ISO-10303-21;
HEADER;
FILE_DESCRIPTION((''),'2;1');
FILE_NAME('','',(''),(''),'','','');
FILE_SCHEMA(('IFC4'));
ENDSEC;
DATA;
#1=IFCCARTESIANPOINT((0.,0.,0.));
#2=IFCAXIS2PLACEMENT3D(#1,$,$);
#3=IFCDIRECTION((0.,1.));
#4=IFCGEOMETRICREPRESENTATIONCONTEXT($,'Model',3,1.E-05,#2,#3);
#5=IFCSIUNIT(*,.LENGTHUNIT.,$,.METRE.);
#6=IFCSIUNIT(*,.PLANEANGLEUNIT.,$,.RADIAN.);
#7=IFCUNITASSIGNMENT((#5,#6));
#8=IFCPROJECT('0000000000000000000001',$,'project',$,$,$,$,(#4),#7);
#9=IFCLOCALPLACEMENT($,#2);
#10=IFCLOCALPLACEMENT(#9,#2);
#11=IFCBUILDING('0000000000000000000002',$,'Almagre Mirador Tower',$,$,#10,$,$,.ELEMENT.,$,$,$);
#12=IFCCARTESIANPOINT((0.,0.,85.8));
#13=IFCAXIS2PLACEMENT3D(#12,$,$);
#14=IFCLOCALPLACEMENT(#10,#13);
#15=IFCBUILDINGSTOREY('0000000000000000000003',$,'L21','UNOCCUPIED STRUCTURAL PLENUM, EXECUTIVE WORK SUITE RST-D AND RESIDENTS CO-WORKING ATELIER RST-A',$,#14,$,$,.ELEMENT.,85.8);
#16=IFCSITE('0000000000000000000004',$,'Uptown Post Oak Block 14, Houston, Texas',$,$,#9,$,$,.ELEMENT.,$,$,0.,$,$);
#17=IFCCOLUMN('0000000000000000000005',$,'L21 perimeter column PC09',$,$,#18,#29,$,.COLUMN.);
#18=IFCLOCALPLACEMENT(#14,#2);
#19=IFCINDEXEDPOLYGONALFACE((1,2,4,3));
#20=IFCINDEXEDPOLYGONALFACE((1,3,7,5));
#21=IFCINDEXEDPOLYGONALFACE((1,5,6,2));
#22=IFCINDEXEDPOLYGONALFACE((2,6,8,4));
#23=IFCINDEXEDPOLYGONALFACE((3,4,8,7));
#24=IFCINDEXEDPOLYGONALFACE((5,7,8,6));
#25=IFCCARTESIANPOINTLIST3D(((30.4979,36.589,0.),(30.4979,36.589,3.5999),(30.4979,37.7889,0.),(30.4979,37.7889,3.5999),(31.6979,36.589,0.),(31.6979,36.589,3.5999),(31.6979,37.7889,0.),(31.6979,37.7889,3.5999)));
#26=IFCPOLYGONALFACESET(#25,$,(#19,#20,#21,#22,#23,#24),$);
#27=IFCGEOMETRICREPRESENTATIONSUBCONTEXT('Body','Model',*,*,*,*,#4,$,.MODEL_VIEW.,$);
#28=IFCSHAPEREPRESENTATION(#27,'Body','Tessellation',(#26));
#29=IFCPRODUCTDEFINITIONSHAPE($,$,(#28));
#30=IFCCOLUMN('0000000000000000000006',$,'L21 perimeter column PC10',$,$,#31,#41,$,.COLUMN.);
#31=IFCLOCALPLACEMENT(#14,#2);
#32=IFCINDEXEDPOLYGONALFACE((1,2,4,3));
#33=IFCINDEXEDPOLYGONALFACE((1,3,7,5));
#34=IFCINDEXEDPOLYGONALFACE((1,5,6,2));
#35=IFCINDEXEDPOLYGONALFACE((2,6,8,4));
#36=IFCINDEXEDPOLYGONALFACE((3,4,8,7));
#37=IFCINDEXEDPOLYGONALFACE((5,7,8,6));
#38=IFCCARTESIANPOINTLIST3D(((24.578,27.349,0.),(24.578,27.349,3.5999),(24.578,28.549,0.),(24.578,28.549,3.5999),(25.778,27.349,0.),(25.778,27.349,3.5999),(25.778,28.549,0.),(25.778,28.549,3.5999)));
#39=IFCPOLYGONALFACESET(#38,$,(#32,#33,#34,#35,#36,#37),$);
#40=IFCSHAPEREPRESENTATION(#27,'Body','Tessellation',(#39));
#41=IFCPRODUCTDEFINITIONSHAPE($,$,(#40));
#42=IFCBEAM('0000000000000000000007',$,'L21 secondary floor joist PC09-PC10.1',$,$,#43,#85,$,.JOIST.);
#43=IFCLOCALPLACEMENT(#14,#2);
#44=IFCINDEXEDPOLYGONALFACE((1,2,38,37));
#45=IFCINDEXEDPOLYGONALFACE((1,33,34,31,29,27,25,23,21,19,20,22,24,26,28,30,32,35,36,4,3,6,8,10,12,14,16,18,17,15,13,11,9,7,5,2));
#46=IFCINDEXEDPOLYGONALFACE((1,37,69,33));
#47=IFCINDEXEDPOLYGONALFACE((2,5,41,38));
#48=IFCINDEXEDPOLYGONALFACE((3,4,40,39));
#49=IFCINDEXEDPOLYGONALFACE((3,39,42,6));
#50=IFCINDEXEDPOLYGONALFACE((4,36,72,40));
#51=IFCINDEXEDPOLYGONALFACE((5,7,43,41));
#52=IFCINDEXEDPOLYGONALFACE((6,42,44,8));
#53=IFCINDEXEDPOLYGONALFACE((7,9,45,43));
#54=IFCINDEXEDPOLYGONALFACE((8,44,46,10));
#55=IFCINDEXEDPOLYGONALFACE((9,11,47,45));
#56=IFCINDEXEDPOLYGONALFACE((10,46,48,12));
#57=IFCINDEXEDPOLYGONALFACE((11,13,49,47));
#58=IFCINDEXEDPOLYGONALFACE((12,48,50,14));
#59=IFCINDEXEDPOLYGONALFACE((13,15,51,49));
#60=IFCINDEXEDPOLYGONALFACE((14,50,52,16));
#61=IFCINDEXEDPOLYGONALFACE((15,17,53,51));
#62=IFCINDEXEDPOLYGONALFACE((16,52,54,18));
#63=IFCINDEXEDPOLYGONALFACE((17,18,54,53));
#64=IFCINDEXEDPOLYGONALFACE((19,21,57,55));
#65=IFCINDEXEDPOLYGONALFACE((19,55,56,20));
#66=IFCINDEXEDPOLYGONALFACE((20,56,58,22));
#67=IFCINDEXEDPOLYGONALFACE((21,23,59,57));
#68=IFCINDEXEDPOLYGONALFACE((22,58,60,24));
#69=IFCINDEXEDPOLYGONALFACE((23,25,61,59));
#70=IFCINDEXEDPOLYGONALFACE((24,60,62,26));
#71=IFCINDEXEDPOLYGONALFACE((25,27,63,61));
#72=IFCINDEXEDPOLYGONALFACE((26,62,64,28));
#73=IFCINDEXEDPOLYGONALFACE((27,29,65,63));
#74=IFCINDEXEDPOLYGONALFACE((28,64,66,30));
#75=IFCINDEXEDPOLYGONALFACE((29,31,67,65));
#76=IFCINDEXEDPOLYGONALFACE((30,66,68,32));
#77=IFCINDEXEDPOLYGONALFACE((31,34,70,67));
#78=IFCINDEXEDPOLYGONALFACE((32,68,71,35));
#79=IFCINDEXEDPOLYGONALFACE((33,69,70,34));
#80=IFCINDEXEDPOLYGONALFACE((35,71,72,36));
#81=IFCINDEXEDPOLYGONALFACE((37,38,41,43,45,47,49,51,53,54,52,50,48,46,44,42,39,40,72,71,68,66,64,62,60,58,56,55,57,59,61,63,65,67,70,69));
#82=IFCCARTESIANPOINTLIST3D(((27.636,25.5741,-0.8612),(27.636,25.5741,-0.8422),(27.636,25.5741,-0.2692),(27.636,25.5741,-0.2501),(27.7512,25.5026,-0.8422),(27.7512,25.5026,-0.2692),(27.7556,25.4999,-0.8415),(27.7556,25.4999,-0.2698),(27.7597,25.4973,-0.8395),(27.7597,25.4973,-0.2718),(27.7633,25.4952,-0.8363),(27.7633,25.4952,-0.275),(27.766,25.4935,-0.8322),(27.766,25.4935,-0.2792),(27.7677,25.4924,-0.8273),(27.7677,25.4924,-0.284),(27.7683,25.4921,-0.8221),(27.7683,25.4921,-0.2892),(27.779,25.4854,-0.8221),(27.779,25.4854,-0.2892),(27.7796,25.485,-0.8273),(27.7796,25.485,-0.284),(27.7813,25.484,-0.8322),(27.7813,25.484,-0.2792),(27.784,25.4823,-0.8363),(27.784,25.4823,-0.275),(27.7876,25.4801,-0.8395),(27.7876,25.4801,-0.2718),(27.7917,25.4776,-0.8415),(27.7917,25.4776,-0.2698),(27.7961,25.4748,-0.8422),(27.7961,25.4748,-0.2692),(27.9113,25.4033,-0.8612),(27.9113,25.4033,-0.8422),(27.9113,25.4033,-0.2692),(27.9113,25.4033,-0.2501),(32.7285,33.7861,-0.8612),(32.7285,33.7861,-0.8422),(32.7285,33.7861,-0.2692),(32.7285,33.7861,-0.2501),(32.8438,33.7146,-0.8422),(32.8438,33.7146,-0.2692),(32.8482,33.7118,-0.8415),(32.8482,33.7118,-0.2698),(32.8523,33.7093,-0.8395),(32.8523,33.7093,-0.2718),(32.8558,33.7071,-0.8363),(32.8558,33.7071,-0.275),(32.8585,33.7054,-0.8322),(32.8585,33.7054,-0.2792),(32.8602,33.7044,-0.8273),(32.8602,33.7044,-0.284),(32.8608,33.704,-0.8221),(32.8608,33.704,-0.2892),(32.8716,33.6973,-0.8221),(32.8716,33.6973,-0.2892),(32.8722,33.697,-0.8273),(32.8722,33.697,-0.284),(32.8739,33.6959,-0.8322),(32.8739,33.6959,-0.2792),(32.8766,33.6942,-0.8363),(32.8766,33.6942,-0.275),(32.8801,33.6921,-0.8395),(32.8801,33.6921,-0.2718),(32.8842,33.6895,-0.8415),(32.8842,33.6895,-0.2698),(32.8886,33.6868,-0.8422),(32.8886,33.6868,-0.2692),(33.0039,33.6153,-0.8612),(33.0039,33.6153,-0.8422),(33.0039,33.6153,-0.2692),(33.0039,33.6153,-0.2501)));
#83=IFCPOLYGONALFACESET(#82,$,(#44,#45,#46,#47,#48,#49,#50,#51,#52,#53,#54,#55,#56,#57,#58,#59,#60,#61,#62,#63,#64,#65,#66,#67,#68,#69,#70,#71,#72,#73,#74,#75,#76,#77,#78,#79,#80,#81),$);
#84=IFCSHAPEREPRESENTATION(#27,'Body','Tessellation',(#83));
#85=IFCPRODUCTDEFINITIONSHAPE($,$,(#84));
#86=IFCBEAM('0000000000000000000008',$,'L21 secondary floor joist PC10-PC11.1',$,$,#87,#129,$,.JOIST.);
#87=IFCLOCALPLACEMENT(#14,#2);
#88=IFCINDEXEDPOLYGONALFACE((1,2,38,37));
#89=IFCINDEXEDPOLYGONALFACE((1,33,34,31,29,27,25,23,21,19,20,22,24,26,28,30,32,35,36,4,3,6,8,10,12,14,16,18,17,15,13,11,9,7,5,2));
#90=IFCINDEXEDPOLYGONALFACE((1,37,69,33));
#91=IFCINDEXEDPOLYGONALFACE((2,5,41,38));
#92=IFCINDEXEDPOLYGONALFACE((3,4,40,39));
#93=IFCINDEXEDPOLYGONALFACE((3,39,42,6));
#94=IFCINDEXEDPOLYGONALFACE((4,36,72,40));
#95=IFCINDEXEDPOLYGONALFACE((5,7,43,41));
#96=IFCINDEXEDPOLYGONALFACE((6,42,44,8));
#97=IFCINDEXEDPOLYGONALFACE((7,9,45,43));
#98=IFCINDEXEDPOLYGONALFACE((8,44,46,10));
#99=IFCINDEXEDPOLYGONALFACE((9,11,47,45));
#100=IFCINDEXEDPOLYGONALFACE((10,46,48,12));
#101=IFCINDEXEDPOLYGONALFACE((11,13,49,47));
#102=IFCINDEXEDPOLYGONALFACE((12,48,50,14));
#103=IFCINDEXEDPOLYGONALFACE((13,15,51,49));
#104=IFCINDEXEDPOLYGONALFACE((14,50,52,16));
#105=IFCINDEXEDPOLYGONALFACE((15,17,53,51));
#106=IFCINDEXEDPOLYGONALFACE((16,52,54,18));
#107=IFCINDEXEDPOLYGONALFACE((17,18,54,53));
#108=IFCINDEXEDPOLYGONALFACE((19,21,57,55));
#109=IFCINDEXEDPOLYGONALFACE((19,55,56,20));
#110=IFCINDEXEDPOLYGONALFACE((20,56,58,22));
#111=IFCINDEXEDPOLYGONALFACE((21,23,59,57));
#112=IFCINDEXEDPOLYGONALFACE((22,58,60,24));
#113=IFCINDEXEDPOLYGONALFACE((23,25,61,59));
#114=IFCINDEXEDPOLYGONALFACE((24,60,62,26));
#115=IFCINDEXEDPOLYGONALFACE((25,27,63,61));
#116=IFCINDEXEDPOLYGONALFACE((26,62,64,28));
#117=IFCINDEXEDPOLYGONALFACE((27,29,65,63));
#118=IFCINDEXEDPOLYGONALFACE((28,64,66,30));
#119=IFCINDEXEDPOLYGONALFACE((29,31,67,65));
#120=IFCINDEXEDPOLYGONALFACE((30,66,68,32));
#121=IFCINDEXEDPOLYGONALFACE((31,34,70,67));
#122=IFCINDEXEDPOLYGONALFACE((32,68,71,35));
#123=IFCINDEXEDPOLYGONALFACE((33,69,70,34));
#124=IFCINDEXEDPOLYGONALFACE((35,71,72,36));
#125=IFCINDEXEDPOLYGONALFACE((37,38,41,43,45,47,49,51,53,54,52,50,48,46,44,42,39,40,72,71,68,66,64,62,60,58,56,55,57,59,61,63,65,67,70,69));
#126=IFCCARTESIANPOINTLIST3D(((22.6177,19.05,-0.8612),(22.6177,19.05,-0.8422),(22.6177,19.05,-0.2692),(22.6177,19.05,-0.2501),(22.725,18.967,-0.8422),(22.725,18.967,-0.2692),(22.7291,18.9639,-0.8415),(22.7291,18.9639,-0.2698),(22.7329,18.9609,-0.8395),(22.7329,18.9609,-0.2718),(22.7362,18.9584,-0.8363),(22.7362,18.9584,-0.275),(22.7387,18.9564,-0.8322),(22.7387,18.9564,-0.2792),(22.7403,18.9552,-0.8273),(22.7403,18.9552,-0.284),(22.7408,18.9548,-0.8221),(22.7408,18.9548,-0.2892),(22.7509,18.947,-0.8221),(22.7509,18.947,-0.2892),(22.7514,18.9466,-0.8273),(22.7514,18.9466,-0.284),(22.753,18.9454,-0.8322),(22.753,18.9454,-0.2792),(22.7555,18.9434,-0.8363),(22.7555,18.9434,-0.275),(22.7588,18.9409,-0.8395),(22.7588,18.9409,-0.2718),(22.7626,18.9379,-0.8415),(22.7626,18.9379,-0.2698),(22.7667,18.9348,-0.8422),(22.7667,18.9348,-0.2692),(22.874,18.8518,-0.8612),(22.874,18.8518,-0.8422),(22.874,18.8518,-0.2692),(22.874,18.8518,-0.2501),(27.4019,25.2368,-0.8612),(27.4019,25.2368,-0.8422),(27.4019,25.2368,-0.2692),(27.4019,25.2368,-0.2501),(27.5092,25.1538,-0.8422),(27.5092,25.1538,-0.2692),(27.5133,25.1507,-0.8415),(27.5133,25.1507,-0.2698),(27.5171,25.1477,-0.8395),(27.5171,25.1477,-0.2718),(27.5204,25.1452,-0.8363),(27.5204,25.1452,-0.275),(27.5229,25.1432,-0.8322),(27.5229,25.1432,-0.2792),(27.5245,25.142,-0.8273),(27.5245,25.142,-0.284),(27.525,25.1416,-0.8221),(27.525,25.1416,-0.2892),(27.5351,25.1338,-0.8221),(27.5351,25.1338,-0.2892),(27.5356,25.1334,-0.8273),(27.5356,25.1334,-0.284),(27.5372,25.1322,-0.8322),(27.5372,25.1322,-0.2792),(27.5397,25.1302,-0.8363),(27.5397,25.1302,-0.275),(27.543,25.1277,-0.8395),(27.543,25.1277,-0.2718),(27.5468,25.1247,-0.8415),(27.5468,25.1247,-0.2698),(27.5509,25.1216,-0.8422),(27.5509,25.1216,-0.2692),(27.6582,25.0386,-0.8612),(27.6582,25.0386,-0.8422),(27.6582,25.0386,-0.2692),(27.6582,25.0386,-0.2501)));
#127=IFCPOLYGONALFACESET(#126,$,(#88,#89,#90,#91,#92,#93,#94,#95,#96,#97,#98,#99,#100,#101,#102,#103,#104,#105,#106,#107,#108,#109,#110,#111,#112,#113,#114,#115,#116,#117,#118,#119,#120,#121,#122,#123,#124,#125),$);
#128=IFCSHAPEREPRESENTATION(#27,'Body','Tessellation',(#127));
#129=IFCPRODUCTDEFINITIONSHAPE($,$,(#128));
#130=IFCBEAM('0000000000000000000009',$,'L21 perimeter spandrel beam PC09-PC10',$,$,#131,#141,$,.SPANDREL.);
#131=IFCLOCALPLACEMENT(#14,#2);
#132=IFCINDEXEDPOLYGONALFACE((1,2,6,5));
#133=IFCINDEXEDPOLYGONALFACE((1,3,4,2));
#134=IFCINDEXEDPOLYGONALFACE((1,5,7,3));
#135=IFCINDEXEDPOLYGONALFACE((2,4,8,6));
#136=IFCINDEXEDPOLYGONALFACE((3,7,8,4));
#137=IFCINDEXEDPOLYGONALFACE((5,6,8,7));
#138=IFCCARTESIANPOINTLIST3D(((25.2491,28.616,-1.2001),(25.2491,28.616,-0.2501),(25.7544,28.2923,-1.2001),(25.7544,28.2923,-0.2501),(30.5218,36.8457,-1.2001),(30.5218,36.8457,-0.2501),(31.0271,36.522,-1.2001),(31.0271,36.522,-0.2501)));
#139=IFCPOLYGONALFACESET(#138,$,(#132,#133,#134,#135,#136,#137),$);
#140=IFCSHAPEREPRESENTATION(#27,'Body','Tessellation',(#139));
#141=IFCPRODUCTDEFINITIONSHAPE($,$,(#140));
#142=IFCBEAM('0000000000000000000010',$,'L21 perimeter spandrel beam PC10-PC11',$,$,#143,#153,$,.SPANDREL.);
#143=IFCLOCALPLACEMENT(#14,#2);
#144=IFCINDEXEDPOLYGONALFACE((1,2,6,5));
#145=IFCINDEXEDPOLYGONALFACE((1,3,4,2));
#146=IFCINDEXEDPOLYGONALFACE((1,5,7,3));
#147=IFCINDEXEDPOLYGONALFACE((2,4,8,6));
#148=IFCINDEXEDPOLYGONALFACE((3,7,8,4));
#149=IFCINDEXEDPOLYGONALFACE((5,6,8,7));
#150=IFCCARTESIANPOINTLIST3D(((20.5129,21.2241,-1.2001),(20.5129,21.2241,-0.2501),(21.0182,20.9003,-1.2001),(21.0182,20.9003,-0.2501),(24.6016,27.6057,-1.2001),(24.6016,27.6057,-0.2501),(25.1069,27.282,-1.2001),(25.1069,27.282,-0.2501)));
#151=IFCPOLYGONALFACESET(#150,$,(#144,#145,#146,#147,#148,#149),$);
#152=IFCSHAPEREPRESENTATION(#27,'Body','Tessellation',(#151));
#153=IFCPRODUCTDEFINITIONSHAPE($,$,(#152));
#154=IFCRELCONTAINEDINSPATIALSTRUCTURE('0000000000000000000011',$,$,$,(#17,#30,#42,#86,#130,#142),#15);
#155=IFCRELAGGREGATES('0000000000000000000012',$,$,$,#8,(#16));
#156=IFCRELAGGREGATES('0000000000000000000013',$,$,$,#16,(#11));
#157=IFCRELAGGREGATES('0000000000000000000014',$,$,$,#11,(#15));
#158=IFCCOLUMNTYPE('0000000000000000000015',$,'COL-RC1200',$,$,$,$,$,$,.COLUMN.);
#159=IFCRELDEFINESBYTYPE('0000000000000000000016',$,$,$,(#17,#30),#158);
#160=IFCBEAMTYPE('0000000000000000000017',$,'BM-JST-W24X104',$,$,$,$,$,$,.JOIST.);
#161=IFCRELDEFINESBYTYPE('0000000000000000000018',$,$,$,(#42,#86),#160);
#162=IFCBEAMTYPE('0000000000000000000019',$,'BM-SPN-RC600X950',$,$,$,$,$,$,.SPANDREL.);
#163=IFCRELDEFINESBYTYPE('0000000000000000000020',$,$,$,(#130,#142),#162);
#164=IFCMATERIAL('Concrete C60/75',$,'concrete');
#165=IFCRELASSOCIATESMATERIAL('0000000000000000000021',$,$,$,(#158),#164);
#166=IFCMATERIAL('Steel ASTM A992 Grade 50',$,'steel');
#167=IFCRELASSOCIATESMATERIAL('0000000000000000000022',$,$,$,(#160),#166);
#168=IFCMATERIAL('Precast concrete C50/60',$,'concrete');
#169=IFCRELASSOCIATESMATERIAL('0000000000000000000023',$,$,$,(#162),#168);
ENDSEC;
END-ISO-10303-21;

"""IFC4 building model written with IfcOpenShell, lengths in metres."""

from ifc_helpers import new_model, si_unit, direction, frame, origin, origin_2d, place, context, subcontext, project, spatial, rectangle, i_section, extrude, material, material_profile, profile_set, type_object, element, save


model = new_model("IFC4")

# Units and contexts
model_context = context("Model", 3, precision=1e-05, world=origin(), true_north=direction((0.0, 1.0)))
body_context = subcontext(model_context, "Body", "Model", "MODEL_VIEW")
ifc_project = project(units=[si_unit("LENGTHUNIT", "METRE"), si_unit("PLANEANGLEUNIT", "RADIAN")], contexts=[model_context])

# Site, building, storey
site_placement = place(None, origin())
site = spatial("IfcSite", under=ifc_project, at=site_placement, Name="Uptown Post Oak Block 14, Houston, Texas", CompositionType="ELEMENT", RefElevation=0.0)
building_placement = place(site_placement, origin())
building = spatial("IfcBuilding", under=site, at=building_placement, Name="Almagre Mirador Tower", CompositionType="ELEMENT")
storey_placement = place(building_placement, frame((0.0, 0.0, 85.8)))
storey = spatial("IfcBuildingStorey", under=building, at=storey_placement, Name="L21", Description="UNOCCUPIED STRUCTURAL PLENUM, EXECUTIVE WORK SUITE RST-D AND RESIDENTS CO-WORKING ATELIER RST-A", CompositionType="ELEMENT", Elevation=85.8)

# Columns
ifc_material_1 = material(Name="Concrete C60/75", Category="concrete")
ifc_material_profile_1 = material_profile(ifc_material_1, rectangle(XDim=1.2, YDim=1.2, at=origin_2d()), Name="RC1200X1200")
ifc_profile_set_1 = profile_set([ifc_material_profile_1], Name="Concrete C60/75")
column_type = type_object("IfcColumnType", Name="COL-RC1200", PredefinedType="COLUMN", material=ifc_profile_set_1)
for number, where, z_axis, x_axis, name in (
    (1, (31.0979, 37.189, 0.0), (0.0, 0.0, 1.0), (1.0, 0.0, 0.0), "L21 perimeter column PC09"),
    (2, (25.178, 27.949, 0.0), (0.0, 0.0, 1.0), (1.0, 0.0, 0.0), "L21 perimeter column PC10"),
):
    element("IfcColumn", number, at=place(storey_placement, frame(where, z_axis=z_axis, x_axis=x_axis)), inside=storey, type_object=column_type, Name=name, PredefinedType="COLUMN", context=body_context, shape_type="SweptSolid", body=[
        extrude(rectangle(XDim=1.2, YDim=1.2, at=origin_2d()), origin(), (0.0, 0.0, 1.0), 3.5999),
    ])

# Beams
ifc_material_2 = material(Name="Steel ASTM A992 Grade 50", Category="steel")
ifc_material_profile_2 = material_profile(ifc_material_2, i_section(OverallWidth=0.324, OverallDepth=0.6111, WebThickness=0.0127, FlangeThickness=0.019, FilletRadius=0.02, at=origin_2d()), Name="W24X104")
ifc_profile_set_2 = profile_set([ifc_material_profile_2], Name="Steel ASTM A992 Grade 50")
beam_type_1 = type_object("IfcBeamType", Name="BM-JST-W24X104", PredefinedType="JOIST", material=ifc_profile_set_2)
beam_1_placement = place(storey_placement, frame((32.8662, 33.7007, -0.5557), z_axis=(-0.527025, -0.84985, 0.0), x_axis=(0.84985, -0.527025, 0.0)))
element("IfcBeam", 3, at=beam_1_placement, inside=storey, type_object=beam_type_1, Name="L21 secondary floor joist PC09-PC10.1", PredefinedType="JOIST", context=body_context, shape_type="SweptSolid", body=[
    extrude(i_section(OverallWidth=0.324, OverallDepth=0.6111, WebThickness=0.0127, FlangeThickness=0.019, FilletRadius=0.02, at=origin_2d()), origin(), (0.0, 0.0, 1.0), 9.6628),
])
beam_2_placement = place(storey_placement, frame((27.53, 25.1377, -0.5557), z_axis=(-0.611727, -0.791069, 0.0), x_axis=(0.791069, -0.611727, 0.0)))
element("IfcBeam", 4, at=beam_2_placement, inside=storey, type_object=beam_type_1, Name="L21 secondary floor joist PC10-PC11.1", PredefinedType="JOIST", context=body_context, shape_type="SweptSolid", body=[
    extrude(i_section(OverallWidth=0.324, OverallDepth=0.6111, WebThickness=0.0127, FlangeThickness=0.019, FilletRadius=0.02, at=origin_2d()), origin(), (0.0, 0.0, 1.0), 7.8208),
])
ifc_material_3 = material(Name="Precast concrete C50/60", Category="concrete")
ifc_material_profile_3 = material_profile(ifc_material_3, rectangle(XDim=0.6001, YDim=0.95, at=origin_2d()), Name="RC600X950")
ifc_profile_set_3 = profile_set([ifc_material_profile_3], Name="Precast concrete C50/60")
beam_type_2 = type_object("IfcBeamType", Name="BM-SPN-RC600X950", PredefinedType="SPANDREL", material=ifc_profile_set_3)
beam_3_placement = place(storey_placement, frame((30.7744, 36.6838, -0.7251), z_axis=(-0.539465, -0.842008, 0.0), x_axis=(0.842008, -0.539465, 0.0)))
element("IfcBeam", 5, at=beam_3_placement, inside=storey, type_object=beam_type_2, Name="L21 perimeter spandrel beam PC09-PC10", PredefinedType="SPANDREL", context=body_context, shape_type="SweptSolid", body=[
    extrude(rectangle(XDim=0.6001, YDim=0.95, at=origin_2d()), origin(), (0.0, 0.0, 1.0), 9.7739),
])
beam_4_placement = place(storey_placement, frame((24.8542, 27.4438, -0.7251), z_axis=(-0.539466, -0.842007, 0.0), x_axis=(0.842007, -0.539466, 0.0)))
element("IfcBeam", 6, at=beam_4_placement, inside=storey, type_object=beam_type_2, Name="L21 perimeter spandrel beam PC10-PC11", PredefinedType="SPANDREL", context=body_context, shape_type="SweptSolid", body=[
    extrude(rectangle(XDim=0.6001, YDim=0.95, at=origin_2d()), origin(), (0.0, 0.0, 1.0), 7.5791),
])

save(model, "model.ifc")
